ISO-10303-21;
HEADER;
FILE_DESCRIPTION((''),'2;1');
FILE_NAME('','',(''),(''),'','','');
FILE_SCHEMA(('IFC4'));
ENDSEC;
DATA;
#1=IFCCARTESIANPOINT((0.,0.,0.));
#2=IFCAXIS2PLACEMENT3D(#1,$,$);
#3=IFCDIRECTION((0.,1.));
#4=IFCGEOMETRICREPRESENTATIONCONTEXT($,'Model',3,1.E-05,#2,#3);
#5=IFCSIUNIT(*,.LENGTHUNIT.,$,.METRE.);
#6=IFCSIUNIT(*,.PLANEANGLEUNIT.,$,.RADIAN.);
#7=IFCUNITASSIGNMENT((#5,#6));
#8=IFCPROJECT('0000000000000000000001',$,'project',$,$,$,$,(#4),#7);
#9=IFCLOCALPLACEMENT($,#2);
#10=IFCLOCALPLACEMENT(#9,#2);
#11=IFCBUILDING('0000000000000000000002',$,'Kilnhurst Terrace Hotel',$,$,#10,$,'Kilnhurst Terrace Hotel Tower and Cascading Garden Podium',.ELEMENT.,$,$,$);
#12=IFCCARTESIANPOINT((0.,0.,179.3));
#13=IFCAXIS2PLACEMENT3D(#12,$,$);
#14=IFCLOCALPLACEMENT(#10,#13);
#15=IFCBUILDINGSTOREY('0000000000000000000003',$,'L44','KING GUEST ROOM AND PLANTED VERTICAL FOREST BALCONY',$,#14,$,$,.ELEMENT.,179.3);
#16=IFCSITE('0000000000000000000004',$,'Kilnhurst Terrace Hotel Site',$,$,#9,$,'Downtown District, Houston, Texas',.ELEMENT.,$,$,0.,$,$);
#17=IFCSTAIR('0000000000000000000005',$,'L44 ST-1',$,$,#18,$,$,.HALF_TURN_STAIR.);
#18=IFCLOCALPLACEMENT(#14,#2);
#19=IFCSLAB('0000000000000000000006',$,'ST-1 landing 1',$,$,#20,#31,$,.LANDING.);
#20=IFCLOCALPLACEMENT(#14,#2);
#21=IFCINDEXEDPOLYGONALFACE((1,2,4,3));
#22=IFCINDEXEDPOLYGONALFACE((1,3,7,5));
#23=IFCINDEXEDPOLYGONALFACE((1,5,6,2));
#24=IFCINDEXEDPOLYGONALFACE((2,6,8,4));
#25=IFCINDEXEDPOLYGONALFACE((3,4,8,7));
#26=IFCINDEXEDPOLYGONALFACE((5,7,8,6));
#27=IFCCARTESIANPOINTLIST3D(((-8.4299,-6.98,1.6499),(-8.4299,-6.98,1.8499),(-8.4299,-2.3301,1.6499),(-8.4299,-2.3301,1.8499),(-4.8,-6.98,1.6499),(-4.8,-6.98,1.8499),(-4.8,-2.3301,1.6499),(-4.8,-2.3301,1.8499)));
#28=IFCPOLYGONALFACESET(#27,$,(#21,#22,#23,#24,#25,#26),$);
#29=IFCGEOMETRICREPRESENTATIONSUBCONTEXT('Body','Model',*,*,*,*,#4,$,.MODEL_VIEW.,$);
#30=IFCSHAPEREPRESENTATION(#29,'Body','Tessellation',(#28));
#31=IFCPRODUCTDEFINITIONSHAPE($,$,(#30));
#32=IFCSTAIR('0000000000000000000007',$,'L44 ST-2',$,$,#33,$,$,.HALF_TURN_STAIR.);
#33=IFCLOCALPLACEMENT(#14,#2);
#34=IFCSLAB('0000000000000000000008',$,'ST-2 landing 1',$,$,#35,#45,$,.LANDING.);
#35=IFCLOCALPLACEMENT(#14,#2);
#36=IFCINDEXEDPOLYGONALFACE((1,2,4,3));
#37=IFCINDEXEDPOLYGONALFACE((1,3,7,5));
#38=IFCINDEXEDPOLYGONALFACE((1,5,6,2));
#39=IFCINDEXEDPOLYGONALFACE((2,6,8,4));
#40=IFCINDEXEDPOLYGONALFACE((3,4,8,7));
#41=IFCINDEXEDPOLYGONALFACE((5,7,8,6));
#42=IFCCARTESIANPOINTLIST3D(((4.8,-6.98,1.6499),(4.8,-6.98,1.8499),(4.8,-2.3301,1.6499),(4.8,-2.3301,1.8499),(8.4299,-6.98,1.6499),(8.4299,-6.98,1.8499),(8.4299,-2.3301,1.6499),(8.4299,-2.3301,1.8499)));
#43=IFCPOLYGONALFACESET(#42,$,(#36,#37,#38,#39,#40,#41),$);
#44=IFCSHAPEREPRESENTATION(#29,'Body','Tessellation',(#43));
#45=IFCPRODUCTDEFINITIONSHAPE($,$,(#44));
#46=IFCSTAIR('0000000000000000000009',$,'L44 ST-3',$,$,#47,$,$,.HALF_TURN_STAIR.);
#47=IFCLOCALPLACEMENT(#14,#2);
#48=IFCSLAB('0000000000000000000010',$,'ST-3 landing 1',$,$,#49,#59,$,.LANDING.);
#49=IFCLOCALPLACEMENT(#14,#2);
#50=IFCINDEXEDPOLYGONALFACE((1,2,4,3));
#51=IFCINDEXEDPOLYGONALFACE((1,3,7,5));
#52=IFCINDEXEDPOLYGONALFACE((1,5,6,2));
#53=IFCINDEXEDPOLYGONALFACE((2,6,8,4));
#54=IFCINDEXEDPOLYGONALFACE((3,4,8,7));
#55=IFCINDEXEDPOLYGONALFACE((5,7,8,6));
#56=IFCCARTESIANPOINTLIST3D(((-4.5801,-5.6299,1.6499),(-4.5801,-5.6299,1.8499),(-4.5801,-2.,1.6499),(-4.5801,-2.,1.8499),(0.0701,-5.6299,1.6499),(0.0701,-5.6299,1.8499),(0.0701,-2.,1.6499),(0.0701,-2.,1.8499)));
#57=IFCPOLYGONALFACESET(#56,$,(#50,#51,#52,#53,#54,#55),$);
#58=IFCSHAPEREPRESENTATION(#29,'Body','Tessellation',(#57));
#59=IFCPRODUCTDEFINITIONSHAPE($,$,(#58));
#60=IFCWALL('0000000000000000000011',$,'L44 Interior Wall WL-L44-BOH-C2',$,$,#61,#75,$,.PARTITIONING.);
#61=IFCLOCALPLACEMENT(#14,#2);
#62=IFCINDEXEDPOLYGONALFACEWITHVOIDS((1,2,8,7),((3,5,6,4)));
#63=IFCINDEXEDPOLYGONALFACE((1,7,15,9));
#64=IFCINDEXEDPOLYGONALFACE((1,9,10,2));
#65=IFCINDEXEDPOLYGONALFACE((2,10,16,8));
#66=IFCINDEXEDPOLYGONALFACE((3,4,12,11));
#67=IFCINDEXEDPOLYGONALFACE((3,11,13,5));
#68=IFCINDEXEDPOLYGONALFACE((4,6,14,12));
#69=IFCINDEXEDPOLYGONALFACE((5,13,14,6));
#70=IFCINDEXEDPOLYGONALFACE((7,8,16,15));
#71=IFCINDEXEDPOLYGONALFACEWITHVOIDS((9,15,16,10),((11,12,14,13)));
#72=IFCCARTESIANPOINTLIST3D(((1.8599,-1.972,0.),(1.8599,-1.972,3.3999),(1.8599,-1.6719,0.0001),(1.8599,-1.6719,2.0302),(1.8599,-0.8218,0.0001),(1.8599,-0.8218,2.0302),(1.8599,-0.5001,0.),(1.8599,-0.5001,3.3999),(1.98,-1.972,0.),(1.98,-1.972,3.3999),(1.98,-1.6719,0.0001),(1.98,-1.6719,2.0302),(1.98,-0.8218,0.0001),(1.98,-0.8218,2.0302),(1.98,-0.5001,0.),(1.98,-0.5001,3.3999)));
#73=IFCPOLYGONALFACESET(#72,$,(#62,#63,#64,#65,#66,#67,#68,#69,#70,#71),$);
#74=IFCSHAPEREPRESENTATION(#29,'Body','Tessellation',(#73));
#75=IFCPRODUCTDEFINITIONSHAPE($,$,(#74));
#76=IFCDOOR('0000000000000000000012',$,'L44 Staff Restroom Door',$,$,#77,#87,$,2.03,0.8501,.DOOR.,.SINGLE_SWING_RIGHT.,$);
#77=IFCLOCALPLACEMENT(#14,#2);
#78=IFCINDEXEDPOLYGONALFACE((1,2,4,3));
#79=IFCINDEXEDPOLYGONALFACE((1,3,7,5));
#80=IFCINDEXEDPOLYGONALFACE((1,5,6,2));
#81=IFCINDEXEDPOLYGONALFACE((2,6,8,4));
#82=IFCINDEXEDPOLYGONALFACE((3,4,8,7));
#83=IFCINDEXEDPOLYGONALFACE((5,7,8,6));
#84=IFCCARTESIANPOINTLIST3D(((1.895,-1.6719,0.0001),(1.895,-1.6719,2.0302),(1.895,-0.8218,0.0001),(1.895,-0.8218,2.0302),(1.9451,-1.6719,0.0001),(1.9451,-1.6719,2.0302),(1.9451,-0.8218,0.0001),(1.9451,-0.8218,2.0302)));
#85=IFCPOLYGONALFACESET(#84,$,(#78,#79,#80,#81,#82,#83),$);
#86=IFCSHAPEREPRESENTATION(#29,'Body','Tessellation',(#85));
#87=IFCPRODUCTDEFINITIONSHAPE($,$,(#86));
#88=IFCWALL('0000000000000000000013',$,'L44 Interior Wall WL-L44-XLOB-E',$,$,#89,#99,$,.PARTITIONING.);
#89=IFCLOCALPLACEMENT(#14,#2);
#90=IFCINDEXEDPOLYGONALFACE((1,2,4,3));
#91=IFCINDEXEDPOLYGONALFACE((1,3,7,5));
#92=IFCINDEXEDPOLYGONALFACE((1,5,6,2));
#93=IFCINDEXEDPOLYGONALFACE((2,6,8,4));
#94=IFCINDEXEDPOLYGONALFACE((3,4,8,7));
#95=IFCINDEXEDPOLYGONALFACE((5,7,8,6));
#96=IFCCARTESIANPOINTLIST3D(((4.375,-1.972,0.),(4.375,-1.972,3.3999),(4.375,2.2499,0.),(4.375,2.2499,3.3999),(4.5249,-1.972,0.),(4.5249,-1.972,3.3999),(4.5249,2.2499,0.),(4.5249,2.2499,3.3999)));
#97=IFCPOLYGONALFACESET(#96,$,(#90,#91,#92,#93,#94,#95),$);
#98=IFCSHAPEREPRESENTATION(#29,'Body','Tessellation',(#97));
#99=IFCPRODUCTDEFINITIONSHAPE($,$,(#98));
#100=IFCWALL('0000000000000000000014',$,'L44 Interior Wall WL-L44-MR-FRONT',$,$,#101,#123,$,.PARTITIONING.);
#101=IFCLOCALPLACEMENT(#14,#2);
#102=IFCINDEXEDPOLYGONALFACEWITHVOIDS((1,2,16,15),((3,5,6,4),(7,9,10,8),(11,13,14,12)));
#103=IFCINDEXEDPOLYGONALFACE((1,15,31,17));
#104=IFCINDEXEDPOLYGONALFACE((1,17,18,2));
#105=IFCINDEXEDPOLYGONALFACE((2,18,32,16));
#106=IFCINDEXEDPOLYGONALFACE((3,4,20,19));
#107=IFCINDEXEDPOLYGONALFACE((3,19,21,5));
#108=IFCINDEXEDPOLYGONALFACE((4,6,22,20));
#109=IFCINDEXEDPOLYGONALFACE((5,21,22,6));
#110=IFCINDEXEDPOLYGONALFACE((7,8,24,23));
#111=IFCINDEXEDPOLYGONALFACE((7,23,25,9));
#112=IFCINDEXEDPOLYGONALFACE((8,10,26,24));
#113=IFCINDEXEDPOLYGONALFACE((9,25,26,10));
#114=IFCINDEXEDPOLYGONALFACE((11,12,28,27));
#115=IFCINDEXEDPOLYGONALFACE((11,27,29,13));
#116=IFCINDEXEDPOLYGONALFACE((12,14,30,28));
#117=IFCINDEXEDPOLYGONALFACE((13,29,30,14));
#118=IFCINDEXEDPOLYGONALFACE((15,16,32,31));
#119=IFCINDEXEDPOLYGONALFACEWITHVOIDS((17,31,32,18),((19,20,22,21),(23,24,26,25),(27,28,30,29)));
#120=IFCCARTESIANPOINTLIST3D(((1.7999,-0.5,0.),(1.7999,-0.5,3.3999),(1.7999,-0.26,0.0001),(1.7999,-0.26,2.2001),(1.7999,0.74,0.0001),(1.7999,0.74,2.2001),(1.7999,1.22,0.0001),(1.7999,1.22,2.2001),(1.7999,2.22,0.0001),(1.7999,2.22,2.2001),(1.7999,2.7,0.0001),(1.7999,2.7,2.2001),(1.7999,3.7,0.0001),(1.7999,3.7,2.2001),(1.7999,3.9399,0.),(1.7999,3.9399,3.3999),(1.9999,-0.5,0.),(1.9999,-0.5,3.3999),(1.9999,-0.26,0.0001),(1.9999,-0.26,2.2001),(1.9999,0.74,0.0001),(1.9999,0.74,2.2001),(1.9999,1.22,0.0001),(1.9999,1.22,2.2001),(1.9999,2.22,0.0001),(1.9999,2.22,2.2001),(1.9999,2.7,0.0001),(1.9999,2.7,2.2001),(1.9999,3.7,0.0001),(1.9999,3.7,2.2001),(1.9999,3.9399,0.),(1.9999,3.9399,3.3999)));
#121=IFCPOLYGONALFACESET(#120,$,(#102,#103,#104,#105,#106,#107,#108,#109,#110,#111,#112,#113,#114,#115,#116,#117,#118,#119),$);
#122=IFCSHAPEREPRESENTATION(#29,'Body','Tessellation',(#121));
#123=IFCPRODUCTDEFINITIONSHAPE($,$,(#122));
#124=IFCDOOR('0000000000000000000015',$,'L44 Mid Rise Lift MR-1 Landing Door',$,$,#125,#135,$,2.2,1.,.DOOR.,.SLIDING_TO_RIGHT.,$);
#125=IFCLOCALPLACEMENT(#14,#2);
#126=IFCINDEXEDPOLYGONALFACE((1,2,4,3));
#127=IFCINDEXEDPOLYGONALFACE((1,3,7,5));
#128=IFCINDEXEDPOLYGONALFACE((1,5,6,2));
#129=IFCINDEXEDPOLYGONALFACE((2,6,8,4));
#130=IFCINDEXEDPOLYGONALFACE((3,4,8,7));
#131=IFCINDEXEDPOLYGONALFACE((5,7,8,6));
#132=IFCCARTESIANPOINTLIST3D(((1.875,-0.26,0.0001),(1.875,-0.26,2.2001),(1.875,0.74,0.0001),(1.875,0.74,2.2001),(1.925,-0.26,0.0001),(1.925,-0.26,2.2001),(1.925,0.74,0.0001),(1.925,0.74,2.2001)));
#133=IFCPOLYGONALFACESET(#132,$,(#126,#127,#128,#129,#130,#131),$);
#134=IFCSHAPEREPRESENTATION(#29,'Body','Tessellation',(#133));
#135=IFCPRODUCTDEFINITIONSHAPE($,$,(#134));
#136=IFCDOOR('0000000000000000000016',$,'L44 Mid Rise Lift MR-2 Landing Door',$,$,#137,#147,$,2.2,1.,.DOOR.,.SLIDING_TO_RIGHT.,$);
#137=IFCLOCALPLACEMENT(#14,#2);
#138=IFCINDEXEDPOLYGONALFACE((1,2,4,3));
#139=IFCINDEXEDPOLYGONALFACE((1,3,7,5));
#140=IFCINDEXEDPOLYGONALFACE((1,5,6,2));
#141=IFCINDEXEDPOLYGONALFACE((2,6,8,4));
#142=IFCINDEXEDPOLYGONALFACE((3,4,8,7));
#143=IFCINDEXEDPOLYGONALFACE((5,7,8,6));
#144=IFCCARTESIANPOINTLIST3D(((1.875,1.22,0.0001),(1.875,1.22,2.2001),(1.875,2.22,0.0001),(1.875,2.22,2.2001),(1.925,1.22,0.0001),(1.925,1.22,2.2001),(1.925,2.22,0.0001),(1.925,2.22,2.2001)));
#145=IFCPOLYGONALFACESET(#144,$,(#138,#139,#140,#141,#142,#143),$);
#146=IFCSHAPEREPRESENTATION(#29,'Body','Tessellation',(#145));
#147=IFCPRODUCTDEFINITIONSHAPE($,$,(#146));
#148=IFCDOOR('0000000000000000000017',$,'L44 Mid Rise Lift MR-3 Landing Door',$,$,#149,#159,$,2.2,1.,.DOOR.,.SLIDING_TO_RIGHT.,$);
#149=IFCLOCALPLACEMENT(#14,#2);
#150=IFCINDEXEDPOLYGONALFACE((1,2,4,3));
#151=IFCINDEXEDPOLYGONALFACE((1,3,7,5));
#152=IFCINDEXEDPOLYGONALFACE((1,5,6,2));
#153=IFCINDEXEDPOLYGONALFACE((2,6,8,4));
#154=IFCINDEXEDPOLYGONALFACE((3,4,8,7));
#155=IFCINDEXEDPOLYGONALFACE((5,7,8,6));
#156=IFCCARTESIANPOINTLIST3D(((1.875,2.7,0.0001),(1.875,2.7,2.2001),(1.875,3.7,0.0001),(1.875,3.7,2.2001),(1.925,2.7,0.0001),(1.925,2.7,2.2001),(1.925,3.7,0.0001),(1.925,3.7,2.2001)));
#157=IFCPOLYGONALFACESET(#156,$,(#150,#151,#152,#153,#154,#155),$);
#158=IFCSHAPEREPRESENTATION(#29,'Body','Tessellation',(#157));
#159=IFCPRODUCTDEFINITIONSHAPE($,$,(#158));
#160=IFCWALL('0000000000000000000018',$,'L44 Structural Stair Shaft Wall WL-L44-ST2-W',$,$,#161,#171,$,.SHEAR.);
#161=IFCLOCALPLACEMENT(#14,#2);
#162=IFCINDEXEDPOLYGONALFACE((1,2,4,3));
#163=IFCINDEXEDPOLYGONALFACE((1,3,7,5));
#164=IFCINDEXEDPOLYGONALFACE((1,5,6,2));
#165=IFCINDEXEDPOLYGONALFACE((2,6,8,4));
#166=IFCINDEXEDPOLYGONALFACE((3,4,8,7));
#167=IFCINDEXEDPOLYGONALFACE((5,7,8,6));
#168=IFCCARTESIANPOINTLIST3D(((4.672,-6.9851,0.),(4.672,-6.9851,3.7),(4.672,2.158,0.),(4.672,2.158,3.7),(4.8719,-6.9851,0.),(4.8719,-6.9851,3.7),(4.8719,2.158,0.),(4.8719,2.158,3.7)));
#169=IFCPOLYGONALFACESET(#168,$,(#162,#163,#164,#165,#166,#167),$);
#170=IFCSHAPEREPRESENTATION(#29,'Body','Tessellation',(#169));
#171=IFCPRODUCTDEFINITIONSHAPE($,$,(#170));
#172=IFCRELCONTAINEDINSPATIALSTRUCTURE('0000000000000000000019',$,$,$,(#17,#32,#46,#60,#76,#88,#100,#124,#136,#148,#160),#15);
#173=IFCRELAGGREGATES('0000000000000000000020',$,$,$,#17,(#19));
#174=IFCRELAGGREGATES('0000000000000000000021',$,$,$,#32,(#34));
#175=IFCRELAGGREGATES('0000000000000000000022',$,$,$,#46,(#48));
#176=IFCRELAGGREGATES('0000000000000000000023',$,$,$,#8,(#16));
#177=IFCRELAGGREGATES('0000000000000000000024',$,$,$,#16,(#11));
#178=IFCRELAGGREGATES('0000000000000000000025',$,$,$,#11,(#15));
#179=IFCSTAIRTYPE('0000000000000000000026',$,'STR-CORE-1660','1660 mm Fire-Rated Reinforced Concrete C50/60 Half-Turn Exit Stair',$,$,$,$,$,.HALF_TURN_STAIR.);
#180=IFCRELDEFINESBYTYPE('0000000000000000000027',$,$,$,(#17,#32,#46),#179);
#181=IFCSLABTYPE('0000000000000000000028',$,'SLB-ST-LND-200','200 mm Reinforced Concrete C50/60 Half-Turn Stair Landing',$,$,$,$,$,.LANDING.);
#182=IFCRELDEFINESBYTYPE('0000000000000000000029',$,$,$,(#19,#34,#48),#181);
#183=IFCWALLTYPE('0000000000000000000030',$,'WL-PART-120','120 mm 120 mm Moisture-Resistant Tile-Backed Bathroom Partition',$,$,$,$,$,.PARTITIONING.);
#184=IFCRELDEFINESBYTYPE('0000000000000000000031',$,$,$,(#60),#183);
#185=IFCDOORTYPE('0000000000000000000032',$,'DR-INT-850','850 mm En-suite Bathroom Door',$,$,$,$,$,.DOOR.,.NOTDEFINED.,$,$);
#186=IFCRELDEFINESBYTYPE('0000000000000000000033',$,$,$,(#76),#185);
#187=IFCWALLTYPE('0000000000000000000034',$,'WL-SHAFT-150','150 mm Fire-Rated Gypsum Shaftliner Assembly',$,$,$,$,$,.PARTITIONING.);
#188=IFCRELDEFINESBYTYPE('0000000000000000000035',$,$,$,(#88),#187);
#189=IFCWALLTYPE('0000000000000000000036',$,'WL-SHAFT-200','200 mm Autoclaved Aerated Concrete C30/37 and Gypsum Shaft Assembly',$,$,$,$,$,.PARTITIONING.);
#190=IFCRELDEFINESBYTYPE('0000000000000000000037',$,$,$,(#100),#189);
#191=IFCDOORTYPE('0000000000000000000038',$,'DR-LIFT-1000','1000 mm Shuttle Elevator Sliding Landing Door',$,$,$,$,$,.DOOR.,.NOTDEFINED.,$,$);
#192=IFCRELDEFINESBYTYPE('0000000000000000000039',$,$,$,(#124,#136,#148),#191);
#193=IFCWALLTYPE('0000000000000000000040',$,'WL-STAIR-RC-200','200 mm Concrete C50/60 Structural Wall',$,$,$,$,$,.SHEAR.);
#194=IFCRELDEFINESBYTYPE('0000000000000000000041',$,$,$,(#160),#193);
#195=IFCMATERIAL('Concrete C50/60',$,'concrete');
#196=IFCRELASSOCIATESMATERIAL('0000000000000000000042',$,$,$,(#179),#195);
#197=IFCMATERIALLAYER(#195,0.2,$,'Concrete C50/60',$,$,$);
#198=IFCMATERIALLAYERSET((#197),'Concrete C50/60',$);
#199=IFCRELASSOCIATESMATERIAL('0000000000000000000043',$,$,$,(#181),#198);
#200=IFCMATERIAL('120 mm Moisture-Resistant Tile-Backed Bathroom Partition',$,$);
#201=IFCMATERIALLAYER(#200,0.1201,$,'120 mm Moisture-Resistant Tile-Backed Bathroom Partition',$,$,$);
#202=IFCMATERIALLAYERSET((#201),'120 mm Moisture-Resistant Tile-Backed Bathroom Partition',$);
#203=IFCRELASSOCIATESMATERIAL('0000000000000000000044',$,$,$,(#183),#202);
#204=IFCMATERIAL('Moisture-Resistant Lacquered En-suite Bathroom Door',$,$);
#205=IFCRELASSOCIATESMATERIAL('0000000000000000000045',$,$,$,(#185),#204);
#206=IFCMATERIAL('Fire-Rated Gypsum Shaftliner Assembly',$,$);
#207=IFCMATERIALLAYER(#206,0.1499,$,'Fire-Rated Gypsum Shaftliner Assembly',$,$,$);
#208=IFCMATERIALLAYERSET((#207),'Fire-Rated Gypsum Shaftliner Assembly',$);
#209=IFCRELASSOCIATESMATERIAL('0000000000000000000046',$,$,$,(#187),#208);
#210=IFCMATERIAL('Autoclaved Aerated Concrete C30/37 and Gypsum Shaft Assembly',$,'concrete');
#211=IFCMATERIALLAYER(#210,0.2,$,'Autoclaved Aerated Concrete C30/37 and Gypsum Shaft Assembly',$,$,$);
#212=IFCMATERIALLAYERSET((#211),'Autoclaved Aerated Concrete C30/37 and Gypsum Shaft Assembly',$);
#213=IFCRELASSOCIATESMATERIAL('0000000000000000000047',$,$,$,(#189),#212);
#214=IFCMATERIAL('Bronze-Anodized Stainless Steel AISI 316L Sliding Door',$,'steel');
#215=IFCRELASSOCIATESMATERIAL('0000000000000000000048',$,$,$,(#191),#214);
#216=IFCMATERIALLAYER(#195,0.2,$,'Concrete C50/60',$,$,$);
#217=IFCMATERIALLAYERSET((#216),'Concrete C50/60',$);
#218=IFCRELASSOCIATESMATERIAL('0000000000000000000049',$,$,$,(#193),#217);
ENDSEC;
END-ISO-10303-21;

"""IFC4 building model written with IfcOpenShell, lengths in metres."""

from ifc_helpers import new_model, si_unit, direction, frame, frame_2d, origin, place, context, subcontext, project, spatial, polyline, rectangle, outline, extrude, material, layer, layer_set, type_object, element, fill, aggregate, save


model = new_model("IFC4")

# Units and contexts
model_context = context("Model", 3, precision=1e-05, world=origin(), true_north=direction((0.0, 1.0)))
body_context = subcontext(model_context, "Body", "Model", "MODEL_VIEW")
ifc_project = project(units=[si_unit("LENGTHUNIT", "METRE"), si_unit("PLANEANGLEUNIT", "RADIAN")], contexts=[model_context])

# Site, building, storey
site_placement = place(None, origin())
site = spatial("IfcSite", under=ifc_project, at=site_placement, Name="Kilnhurst Terrace Hotel Site", LongName="Downtown District, Houston, Texas", CompositionType="ELEMENT", RefElevation=0.0)
building_placement = place(site_placement, origin())
building = spatial("IfcBuilding", under=site, at=building_placement, Name="Kilnhurst Terrace Hotel", LongName="Kilnhurst Terrace Hotel Tower and Cascading Garden Podium", CompositionType="ELEMENT")
storey_placement = place(building_placement, frame((0.0, 0.0, 179.3)))
storey = spatial("IfcBuildingStorey", under=building, at=storey_placement, Name="L44", Description="KING GUEST ROOM AND PLANTED VERTICAL FOREST BALCONY", CompositionType="ELEMENT", Elevation=179.3)

# Stairs, slabs
ifc_material_1 = material(Name="Concrete C50/60", Category="concrete")
stair_type = type_object("IfcStairType", Name="STR-CORE-1660", Description="1660 mm Fire-Rated Reinforced Concrete C50/60 Half-Turn Exit Stair", PredefinedType="HALF_TURN_STAIR", material=ifc_material_1)
stair_1_placement = place(storey_placement, origin())
stair_1 = element("IfcStair", 1, at=stair_1_placement, inside=storey, type_object=stair_type, Name="L44 ST-1", PredefinedType="HALF_TURN_STAIR")
ifc_layer_1 = layer(ifc_material_1, 0.2, Name="Concrete C50/60")
ifc_layer_set_1 = layer_set([ifc_layer_1], Name="Concrete C50/60")
slab_type = type_object("IfcSlabType", Name="SLB-ST-LND-200", Description="200 mm Reinforced Concrete C50/60 Half-Turn Stair Landing", PredefinedType="LANDING", material=ifc_layer_set_1)
slab_1_placement = place(storey_placement, frame((0.0, 0.0, 1.6499)))
slab_1 = element("IfcSlab", 2, at=slab_1_placement, type_object=slab_type, Name="ST-1 landing 1", PredefinedType="LANDING", context=body_context, shape_type="SweptSolid", body=[
    extrude(outline(polyline([(-8.4299, -2.3301), (-4.8, -2.3301), (-4.8, -6.98), (-8.4299, -6.98), (-8.4299, -2.3301)])), origin(), (0.0, 0.0, 1.0), 0.2),
])
aggregate(stair_1, [slab_1])
stair_2_placement = place(storey_placement, origin())
stair_2 = element("IfcStair", 3, at=stair_2_placement, inside=storey, type_object=stair_type, Name="L44 ST-2", PredefinedType="HALF_TURN_STAIR")
slab_2_placement = place(storey_placement, frame((0.0, 0.0, 1.6499)))
slab_2 = element("IfcSlab", 4, at=slab_2_placement, type_object=slab_type, Name="ST-2 landing 1", PredefinedType="LANDING", context=body_context, shape_type="SweptSolid", body=[
    extrude(outline(polyline([(4.8, -2.3301), (8.4299, -2.3301), (8.4299, -6.98), (4.8, -6.98), (4.8, -2.3301)])), origin(), (0.0, 0.0, 1.0), 0.2),
])
stair_3_placement = place(storey_placement, origin())
stair_3 = element("IfcStair", 5, at=stair_3_placement, inside=storey, type_object=stair_type, Name="L44 ST-3", PredefinedType="HALF_TURN_STAIR")
slab_3_placement = place(storey_placement, frame((0.0, 0.0, 1.6499)))
slab_3 = element("IfcSlab", 6, at=slab_3_placement, type_object=slab_type, Name="ST-3 landing 1", PredefinedType="LANDING", context=body_context, shape_type="SweptSolid", body=[
    extrude(outline(polyline([(0.0701, -2.0), (0.0701, -5.6299), (-4.5801, -5.6299), (-4.5801, -2.0), (0.0701, -2.0)])), origin(), (0.0, 0.0, 1.0), 0.2),
])

# Wall, opening, door
ifc_material_2 = material(Name="120 mm Moisture-Resistant Tile-Backed Bathroom Partition")
ifc_layer_2 = layer(ifc_material_2, 0.1201, Name="120 mm Moisture-Resistant Tile-Backed Bathroom Partition")
ifc_layer_set_2 = layer_set([ifc_layer_2], Name="120 mm Moisture-Resistant Tile-Backed Bathroom Partition")
wall_type_1 = type_object("IfcWallType", Name="WL-PART-120", Description="120 mm 120 mm Moisture-Resistant Tile-Backed Bathroom Partition", PredefinedType="PARTITIONING", material=ifc_layer_set_2)
wall_1_placement = place(storey_placement, frame((1.9199, -1.9719, 0.0), z_axis=(0.0, 0.0, 1.0), x_axis=(0.0, 1.0, 0.0)))
wall_1 = element("IfcWall", 7, at=wall_1_placement, inside=storey, type_object=wall_type_1, Name="L44 Interior Wall WL-L44-BOH-C2", PredefinedType="PARTITIONING", context=body_context, shape_type="SweptSolid", body=[
    extrude(rectangle(XDim=1.4719, YDim=0.1201, at=frame_2d((0.7358, 0.0))), origin(), (0.0, 0.0, 1.0), 3.3999),
])
opening_1_placement = place(wall_1_placement, frame((0.3, 0.0, 0.0)))
opening_1 = element("IfcOpeningElement", 8, at=opening_1_placement, cuts=wall_1, PredefinedType="OPENING", context=body_context, shape_type="SweptSolid", body=[
    extrude(rectangle(XDim=0.8501, YDim=2.03, at=frame_2d((0.425, 1.0151))), frame((0.0, 0.0701, 0.0), z_axis=(0.0, -1.0, 0.0), x_axis=(1.0, 0.0, 0.0)), (0.0, 0.0, 1.0), 0.1401),
])
ifc_material_3 = material(Name="Moisture-Resistant Lacquered En-suite Bathroom Door")
door_type_1 = type_object("IfcDoorType", Name="DR-INT-850", Description="850 mm En-suite Bathroom Door", OperationType="NOTDEFINED", PredefinedType="DOOR", material=ifc_material_3)
door_1_placement = place(opening_1_placement, origin())
door_1 = element("IfcDoor", 9, at=door_1_placement, inside=storey, type_object=door_type_1, Name="L44 Staff Restroom Door", OperationType="SINGLE_SWING_RIGHT", OverallHeight=2.03, OverallWidth=0.8501, PredefinedType="DOOR", context=body_context, shape_type="SweptSolid", body=[
    extrude(rectangle(XDim=0.8501, YDim=2.03, at=frame_2d((0.425, 1.0151))), frame((0.0, 0.0249, 0.0), z_axis=(0.0, -1.0, 0.0), x_axis=(1.0, 0.0, 0.0)), (0.0, 0.0, 1.0), 0.05),
])
fill(opening_1, door_1)

# Wall
ifc_material_4 = material(Name="Fire-Rated Gypsum Shaftliner Assembly")
ifc_layer_3 = layer(ifc_material_4, 0.1499, Name="Fire-Rated Gypsum Shaftliner Assembly")
ifc_layer_set_3 = layer_set([ifc_layer_3], Name="Fire-Rated Gypsum Shaftliner Assembly")
wall_type_2 = type_object("IfcWallType", Name="WL-SHAFT-150", Description="150 mm Fire-Rated Gypsum Shaftliner Assembly", PredefinedType="PARTITIONING", material=ifc_layer_set_3)
wall_2_placement = place(storey_placement, frame((4.45, -1.9719, 0.0), z_axis=(0.0, 0.0, 1.0), x_axis=(0.0, 1.0, 0.0)))
element("IfcWall", 10, at=wall_2_placement, inside=storey, type_object=wall_type_2, Name="L44 Interior Wall WL-L44-XLOB-E", PredefinedType="PARTITIONING", context=body_context, shape_type="SweptSolid", body=[
    extrude(rectangle(XDim=4.2219, YDim=0.1499, at=frame_2d((2.1108, 0.0))), origin(), (0.0, 0.0, 1.0), 3.3999),
])

# Wall, openings, doors
ifc_material_5 = material(Name="Autoclaved Aerated Concrete C30/37 and Gypsum Shaft Assembly", Category="concrete")
ifc_layer_4 = layer(ifc_material_5, 0.2, Name="Autoclaved Aerated Concrete C30/37 and Gypsum Shaft Assembly")
ifc_layer_set_4 = layer_set([ifc_layer_4], Name="Autoclaved Aerated Concrete C30/37 and Gypsum Shaft Assembly")
wall_type_3 = type_object("IfcWallType", Name="WL-SHAFT-200", Description="200 mm Autoclaved Aerated Concrete C30/37 and Gypsum Shaft Assembly", PredefinedType="PARTITIONING", material=ifc_layer_set_4)
wall_3_placement = place(storey_placement, frame((1.8999, -0.5, 0.0), z_axis=(0.0, 0.0, 1.0), x_axis=(0.0, 1.0, 0.0)))
wall_3 = element("IfcWall", 11, at=wall_3_placement, inside=storey, type_object=wall_type_3, Name="L44 Interior Wall WL-L44-MR-FRONT", PredefinedType="PARTITIONING", context=body_context, shape_type="SweptSolid", body=[
    extrude(rectangle(XDim=4.4399, YDim=0.2, at=frame_2d((2.22, 0.0))), origin(), (0.0, 0.0, 1.0), 3.3999),
])
opening_2_placement = place(wall_3_placement, frame((0.24, 0.0, 0.0)))
opening_2 = element("IfcOpeningElement", 12, at=opening_2_placement, cuts=wall_3, PredefinedType="OPENING", context=body_context, shape_type="SweptSolid", body=[
    extrude(rectangle(XDim=1.0, YDim=2.2, at=frame_2d((0.5, 1.1001))), frame((0.0, 0.1099, 0.0), z_axis=(0.0, -1.0, 0.0), x_axis=(1.0, 0.0, 0.0)), (0.0, 0.0, 1.0), 0.22),
])
opening_3_placement = place(wall_3_placement, frame((1.72, 0.0, 0.0)))
opening_3 = element("IfcOpeningElement", 13, at=opening_3_placement, cuts=wall_3, PredefinedType="OPENING", context=body_context, shape_type="SweptSolid", body=[
    extrude(rectangle(XDim=1.0, YDim=2.2, at=frame_2d((0.5, 1.1001))), frame((0.0, 0.1099, 0.0), z_axis=(0.0, -1.0, 0.0), x_axis=(1.0, 0.0, 0.0)), (0.0, 0.0, 1.0), 0.22),
])
opening_4_placement = place(wall_3_placement, frame((3.2, 0.0, 0.0)))
opening_4 = element("IfcOpeningElement", 14, at=opening_4_placement, cuts=wall_3, PredefinedType="OPENING", context=body_context, shape_type="SweptSolid", body=[
    extrude(rectangle(XDim=1.0, YDim=2.2, at=frame_2d((0.5, 1.1001))), frame((0.0, 0.1099, 0.0), z_axis=(0.0, -1.0, 0.0), x_axis=(1.0, 0.0, 0.0)), (0.0, 0.0, 1.0), 0.22),
])
ifc_material_6 = material(Name="Bronze-Anodized Stainless Steel AISI 316L Sliding Door", Category="steel")
door_type_2 = type_object("IfcDoorType", Name="DR-LIFT-1000", Description="1000 mm Shuttle Elevator Sliding Landing Door", OperationType="NOTDEFINED", PredefinedType="DOOR", material=ifc_material_6)
door_2_placement = place(opening_2_placement, origin())
door_2 = element("IfcDoor", 15, at=door_2_placement, inside=storey, type_object=door_type_2, Name="L44 Mid Rise Lift MR-1 Landing Door", OperationType="SLIDING_TO_RIGHT", OverallHeight=2.2, OverallWidth=1.0, PredefinedType="DOOR", context=body_context, shape_type="SweptSolid", body=[
    extrude(rectangle(XDim=1.0, YDim=2.2, at=frame_2d((0.5, 1.1001))), frame((0.0, 0.0249, 0.0), z_axis=(0.0, -1.0, 0.0), x_axis=(1.0, 0.0, 0.0)), (0.0, 0.0, 1.0), 0.05),
])
fill(opening_2, door_2)
door_3_placement = place(opening_3_placement, origin())
door_3 = element("IfcDoor", 16, at=door_3_placement, inside=storey, type_object=door_type_2, Name="L44 Mid Rise Lift MR-2 Landing Door", OperationType="SLIDING_TO_RIGHT", OverallHeight=2.2, OverallWidth=1.0, PredefinedType="DOOR", context=body_context, shape_type="SweptSolid", body=[
    extrude(rectangle(XDim=1.0, YDim=2.2, at=frame_2d((0.5, 1.1001))), frame((0.0, 0.0249, 0.0), z_axis=(0.0, -1.0, 0.0), x_axis=(1.0, 0.0, 0.0)), (0.0, 0.0, 1.0), 0.05),
])
fill(opening_3, door_3)
door_4_placement = place(opening_4_placement, origin())
door_4 = element("IfcDoor", 17, at=door_4_placement, inside=storey, type_object=door_type_2, Name="L44 Mid Rise Lift MR-3 Landing Door", OperationType="SLIDING_TO_RIGHT", OverallHeight=2.2, OverallWidth=1.0, PredefinedType="DOOR", context=body_context, shape_type="SweptSolid", body=[
    extrude(rectangle(XDim=1.0, YDim=2.2, at=frame_2d((0.5, 1.1001))), frame((0.0, 0.0249, 0.0), z_axis=(0.0, -1.0, 0.0), x_axis=(1.0, 0.0, 0.0)), (0.0, 0.0, 1.0), 0.05),
])
fill(opening_4, door_4)

# Wall
ifc_layer_5 = layer(ifc_material_1, 0.2, Name="Concrete C50/60")
ifc_layer_set_5 = layer_set([ifc_layer_5], Name="Concrete C50/60")
wall_type_4 = type_object("IfcWallType", Name="WL-STAIR-RC-200", Description="200 mm Concrete C50/60 Structural Wall", PredefinedType="SHEAR", material=ifc_layer_set_5)
wall_4_placement = place(storey_placement, frame((4.772, -6.9851, 0.0), z_axis=(0.0, 0.0, 1.0), x_axis=(0.0, 1.0, 0.0)))
element("IfcWall", 18, at=wall_4_placement, inside=storey, type_object=wall_type_4, Name="L44 Structural Stair Shaft Wall WL-L44-ST2-W", PredefinedType="SHEAR", context=body_context, shape_type="SweptSolid", body=[
    extrude(rectangle(XDim=9.1431, YDim=0.2, at=frame_2d((4.5715, 0.0))), origin(), (0.0, 0.0, 1.0), 3.7),
])

aggregate(stair_2, [slab_2])
aggregate(stair_3, [slab_3])

save(model, "model.ifc")
